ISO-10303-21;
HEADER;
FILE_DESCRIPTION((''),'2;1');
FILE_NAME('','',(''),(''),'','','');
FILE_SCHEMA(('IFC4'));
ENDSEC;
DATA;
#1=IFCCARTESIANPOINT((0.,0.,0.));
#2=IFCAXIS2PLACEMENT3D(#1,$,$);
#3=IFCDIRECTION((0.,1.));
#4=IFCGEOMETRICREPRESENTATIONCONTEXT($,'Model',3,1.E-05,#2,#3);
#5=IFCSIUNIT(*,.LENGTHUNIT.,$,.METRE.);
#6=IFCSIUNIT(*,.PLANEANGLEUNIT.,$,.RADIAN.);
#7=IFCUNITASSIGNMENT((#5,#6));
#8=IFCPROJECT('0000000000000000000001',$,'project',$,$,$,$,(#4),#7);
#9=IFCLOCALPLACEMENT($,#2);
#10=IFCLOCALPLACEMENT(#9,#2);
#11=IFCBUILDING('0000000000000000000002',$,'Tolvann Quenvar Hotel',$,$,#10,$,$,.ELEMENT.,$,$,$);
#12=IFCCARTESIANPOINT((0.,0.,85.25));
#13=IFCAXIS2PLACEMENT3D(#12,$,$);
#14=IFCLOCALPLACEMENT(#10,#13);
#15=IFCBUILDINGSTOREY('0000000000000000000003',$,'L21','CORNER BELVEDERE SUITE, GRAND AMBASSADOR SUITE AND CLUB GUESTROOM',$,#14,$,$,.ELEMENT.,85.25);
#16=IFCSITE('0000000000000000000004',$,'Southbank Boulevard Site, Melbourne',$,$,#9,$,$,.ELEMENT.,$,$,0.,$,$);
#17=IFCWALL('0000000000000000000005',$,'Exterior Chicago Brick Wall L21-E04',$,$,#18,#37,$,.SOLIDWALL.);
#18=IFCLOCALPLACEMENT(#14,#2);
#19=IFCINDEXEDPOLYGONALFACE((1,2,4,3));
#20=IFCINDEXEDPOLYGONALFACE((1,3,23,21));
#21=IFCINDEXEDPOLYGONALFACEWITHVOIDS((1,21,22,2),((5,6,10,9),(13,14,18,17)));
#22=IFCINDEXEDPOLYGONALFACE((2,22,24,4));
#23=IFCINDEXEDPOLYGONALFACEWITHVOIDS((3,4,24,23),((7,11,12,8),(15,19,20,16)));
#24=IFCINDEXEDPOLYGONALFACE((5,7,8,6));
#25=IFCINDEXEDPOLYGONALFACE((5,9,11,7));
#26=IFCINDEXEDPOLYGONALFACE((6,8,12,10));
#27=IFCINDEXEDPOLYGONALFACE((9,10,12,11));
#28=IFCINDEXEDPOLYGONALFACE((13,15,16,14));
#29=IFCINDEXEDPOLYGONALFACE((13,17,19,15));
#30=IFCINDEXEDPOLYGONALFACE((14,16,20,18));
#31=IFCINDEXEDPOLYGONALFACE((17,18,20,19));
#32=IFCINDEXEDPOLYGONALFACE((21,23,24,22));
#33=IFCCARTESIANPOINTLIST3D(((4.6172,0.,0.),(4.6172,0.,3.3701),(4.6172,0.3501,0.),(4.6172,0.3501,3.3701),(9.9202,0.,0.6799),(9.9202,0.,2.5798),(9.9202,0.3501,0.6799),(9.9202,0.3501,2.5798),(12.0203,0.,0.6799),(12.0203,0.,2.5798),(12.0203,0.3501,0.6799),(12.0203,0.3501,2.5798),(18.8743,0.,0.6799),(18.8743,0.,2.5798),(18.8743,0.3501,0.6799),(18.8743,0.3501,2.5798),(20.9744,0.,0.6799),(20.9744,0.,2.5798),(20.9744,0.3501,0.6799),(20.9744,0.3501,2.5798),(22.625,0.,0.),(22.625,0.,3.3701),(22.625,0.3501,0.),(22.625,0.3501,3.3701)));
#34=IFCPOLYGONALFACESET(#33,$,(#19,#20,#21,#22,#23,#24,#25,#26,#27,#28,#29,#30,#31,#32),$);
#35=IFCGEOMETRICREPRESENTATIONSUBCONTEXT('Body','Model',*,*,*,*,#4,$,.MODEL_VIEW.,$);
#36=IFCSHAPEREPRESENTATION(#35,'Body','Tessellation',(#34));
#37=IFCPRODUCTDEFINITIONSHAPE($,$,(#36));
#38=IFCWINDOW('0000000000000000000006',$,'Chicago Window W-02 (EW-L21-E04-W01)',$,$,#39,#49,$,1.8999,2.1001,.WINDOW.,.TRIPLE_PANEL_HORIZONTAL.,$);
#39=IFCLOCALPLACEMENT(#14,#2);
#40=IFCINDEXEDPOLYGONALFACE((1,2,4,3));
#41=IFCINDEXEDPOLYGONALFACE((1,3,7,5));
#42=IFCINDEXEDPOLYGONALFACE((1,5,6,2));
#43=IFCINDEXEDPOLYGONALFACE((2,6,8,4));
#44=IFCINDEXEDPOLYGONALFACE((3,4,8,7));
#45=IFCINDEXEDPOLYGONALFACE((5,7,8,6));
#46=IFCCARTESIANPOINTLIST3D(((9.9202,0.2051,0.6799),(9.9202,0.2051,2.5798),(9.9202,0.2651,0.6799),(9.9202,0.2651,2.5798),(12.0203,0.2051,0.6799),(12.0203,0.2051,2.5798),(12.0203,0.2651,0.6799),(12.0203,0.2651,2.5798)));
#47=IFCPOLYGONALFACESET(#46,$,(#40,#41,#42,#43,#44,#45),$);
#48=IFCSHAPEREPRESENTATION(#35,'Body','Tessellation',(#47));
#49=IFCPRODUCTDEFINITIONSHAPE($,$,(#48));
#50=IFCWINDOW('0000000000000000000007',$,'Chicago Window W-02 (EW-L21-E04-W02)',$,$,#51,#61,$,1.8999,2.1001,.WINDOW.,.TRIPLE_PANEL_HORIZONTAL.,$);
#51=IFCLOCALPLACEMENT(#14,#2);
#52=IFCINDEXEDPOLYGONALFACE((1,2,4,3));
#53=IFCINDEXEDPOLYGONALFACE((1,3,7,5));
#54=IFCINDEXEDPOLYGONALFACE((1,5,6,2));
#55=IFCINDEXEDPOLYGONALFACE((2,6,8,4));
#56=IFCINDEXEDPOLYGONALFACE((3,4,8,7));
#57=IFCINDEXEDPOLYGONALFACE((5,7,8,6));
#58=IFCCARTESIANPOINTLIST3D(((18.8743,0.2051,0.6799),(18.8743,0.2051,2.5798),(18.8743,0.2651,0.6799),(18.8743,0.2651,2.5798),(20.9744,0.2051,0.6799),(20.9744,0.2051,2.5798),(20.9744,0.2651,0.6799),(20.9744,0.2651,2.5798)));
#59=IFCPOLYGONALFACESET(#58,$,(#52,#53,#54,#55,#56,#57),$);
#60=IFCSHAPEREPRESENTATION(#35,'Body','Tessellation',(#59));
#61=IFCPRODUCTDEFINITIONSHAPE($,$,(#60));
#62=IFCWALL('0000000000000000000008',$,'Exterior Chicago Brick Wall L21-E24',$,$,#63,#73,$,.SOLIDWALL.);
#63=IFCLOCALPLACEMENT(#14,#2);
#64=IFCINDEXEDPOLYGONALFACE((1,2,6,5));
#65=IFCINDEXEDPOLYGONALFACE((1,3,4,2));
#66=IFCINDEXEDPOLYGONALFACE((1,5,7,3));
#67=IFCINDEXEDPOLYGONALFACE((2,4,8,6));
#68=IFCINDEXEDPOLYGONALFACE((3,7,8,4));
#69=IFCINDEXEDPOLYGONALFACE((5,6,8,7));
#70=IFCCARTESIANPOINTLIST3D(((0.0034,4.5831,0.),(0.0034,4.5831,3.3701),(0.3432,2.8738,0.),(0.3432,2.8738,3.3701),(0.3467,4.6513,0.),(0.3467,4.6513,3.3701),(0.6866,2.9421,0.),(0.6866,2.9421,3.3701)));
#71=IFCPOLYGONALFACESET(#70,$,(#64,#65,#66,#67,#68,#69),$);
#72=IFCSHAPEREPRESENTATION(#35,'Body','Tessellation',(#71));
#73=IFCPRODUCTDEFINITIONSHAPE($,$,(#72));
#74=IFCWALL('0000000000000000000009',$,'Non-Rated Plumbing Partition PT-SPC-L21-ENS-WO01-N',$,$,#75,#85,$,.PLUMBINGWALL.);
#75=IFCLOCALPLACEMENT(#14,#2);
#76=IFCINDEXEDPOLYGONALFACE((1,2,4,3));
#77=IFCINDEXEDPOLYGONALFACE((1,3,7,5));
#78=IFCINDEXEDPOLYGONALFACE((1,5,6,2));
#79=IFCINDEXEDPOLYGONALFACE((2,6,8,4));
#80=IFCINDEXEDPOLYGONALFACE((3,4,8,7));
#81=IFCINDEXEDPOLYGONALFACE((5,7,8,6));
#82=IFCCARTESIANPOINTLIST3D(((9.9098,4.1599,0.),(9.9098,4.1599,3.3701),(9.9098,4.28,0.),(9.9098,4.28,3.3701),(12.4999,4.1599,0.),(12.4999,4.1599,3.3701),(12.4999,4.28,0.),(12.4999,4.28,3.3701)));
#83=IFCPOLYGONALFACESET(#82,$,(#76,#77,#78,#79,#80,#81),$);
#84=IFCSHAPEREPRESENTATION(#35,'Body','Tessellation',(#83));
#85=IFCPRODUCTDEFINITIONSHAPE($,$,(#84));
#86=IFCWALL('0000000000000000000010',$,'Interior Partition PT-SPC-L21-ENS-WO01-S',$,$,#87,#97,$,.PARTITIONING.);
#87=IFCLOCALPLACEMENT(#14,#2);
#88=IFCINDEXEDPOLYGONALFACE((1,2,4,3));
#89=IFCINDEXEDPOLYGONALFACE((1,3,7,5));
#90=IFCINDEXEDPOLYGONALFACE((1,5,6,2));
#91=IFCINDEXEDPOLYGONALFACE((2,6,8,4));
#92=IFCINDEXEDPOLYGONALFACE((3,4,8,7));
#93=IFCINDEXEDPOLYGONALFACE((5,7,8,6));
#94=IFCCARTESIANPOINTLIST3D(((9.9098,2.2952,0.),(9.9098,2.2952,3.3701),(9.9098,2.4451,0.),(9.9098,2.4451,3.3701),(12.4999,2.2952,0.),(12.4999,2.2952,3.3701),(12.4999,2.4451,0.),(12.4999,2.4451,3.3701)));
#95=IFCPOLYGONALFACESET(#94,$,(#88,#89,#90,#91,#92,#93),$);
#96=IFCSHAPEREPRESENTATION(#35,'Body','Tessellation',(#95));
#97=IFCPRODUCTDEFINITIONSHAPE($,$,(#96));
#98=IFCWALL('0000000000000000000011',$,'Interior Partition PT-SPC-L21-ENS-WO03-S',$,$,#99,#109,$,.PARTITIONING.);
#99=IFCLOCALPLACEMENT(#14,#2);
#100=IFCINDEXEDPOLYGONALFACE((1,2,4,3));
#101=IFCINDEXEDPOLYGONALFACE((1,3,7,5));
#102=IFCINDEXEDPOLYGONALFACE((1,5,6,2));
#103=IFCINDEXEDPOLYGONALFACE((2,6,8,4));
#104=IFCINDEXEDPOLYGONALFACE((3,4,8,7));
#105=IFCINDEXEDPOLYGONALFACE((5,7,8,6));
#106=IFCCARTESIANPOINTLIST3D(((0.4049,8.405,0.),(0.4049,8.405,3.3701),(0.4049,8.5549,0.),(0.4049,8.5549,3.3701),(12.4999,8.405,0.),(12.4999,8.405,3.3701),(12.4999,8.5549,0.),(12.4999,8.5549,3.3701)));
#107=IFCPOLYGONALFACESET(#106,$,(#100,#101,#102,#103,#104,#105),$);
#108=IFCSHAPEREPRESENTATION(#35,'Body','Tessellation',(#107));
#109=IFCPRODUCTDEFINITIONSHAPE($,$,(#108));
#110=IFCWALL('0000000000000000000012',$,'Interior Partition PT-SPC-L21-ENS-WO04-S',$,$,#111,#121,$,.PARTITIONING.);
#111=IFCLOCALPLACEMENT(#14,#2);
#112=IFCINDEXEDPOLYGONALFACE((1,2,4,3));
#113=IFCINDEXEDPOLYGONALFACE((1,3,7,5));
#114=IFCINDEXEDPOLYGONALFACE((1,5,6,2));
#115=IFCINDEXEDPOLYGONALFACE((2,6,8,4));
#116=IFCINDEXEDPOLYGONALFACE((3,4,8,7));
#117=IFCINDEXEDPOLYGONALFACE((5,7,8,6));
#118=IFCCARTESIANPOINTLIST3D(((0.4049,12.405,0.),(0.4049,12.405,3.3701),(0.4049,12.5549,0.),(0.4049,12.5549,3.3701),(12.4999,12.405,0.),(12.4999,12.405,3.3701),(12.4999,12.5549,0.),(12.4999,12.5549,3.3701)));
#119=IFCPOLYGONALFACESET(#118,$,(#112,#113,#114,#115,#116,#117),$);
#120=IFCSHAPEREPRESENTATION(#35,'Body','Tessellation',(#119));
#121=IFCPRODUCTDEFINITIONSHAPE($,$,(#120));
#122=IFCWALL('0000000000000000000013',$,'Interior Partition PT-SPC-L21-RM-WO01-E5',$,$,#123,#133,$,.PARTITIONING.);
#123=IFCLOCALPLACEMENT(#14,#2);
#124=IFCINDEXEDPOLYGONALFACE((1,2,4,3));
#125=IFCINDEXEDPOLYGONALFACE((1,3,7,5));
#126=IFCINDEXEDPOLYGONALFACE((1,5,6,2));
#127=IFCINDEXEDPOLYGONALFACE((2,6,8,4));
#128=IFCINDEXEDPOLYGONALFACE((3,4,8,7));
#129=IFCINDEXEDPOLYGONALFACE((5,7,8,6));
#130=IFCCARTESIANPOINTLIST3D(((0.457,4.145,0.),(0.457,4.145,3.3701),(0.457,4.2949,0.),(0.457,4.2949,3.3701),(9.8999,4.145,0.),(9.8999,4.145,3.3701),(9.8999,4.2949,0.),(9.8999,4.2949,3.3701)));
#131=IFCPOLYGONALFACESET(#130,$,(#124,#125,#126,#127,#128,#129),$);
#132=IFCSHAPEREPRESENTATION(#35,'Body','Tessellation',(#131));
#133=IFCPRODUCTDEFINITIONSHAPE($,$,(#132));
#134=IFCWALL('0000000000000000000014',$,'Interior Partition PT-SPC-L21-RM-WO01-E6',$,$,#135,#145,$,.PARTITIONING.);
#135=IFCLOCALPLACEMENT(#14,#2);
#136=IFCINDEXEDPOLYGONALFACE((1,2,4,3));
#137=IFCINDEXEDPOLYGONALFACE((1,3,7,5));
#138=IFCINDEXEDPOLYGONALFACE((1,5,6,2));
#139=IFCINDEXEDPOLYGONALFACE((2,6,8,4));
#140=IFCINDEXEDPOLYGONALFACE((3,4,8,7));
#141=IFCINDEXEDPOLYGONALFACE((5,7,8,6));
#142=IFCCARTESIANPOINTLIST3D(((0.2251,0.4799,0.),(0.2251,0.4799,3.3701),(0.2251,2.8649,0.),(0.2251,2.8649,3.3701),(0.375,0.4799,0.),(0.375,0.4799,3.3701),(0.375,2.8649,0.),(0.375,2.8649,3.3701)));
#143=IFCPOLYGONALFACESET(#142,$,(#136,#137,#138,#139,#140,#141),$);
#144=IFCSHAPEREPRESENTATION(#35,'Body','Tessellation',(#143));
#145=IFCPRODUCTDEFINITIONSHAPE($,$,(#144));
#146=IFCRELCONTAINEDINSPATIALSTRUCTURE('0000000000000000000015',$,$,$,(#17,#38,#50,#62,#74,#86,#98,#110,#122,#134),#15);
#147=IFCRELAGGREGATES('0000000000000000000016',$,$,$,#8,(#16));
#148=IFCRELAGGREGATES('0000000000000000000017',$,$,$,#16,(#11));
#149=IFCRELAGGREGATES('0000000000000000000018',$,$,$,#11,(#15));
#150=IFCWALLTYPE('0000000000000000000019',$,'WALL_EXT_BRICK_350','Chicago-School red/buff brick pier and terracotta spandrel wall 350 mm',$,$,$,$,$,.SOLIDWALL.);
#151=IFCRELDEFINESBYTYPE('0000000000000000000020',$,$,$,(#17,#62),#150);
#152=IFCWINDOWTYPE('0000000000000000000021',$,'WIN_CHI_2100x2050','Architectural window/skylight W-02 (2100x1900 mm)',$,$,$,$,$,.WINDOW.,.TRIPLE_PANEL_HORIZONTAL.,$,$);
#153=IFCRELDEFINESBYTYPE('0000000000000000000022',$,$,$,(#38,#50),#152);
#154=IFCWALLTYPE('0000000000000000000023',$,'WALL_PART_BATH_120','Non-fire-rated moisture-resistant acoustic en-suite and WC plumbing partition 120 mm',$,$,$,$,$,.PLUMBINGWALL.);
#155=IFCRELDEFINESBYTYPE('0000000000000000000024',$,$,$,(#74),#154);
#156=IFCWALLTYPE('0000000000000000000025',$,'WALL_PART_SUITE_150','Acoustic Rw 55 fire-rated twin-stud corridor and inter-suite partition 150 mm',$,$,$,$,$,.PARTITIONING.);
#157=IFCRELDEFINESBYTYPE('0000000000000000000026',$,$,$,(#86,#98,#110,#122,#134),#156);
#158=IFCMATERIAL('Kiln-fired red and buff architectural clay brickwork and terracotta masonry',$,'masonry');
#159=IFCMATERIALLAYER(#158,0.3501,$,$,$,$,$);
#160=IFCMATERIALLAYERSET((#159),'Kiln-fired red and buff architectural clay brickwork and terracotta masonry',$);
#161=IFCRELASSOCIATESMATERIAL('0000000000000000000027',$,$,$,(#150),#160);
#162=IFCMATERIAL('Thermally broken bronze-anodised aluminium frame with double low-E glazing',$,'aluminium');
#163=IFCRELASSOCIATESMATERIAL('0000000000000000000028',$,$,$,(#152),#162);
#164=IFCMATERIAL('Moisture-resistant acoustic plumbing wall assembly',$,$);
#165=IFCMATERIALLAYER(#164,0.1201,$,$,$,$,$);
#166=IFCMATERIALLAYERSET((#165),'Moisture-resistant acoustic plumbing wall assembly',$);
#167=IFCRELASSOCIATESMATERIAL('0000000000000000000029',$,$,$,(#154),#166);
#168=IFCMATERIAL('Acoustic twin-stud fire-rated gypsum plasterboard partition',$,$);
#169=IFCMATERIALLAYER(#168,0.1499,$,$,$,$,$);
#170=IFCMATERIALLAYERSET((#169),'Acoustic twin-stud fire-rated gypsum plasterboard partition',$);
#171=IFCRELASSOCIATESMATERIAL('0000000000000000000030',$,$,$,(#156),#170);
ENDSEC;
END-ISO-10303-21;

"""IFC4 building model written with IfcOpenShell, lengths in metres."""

from ifc_helpers import new_model, si_unit, direction, frame, frame_2d, origin, place, context, subcontext, project, spatial, rectangle, extrude, source, transform, mapped, material, layer, layer_set, type_object, type_shapes, element, fill, save


model = new_model("IFC4")

# Units and contexts
model_context = context("Model", 3, precision=1e-05, world=origin(), true_north=direction((0.0, 1.0)))
body_context = subcontext(model_context, "Body", "Model", "MODEL_VIEW")
ifc_project = project(units=[si_unit("LENGTHUNIT", "METRE"), si_unit("PLANEANGLEUNIT", "RADIAN")], contexts=[model_context])

# Site, building, storey
site_placement = place(None, origin())
site = spatial("IfcSite", under=ifc_project, at=site_placement, Name="Southbank Boulevard Site, Melbourne", CompositionType="ELEMENT", RefElevation=0.0)
building_placement = place(site_placement, origin())
building = spatial("IfcBuilding", under=site, at=building_placement, Name="Tolvann Quenvar Hotel", CompositionType="ELEMENT")
storey_placement = place(building_placement, frame((0.0, 0.0, 85.25)))
storey = spatial("IfcBuildingStorey", under=building, at=storey_placement, Name="L21", Description="CORNER BELVEDERE SUITE, GRAND AMBASSADOR SUITE AND CLUB GUESTROOM", CompositionType="ELEMENT", Elevation=85.25)

# Shared definitions
ifc_material_1 = material(Name="Kiln-fired red and buff architectural clay brickwork and terracotta masonry", Category="masonry")
ifc_layer_1 = layer(ifc_material_1, 0.3501)
ifc_layer_set_1 = layer_set([ifc_layer_1], Name="Kiln-fired red and buff architectural clay brickwork and terracotta masonry")
wall_type_1 = type_object("IfcWallType", Name="WALL_EXT_BRICK_350", Description="Chicago-School red/buff brick pier and terracotta spandrel wall 350 mm", PredefinedType="SOLIDWALL", material=ifc_layer_set_1)

# Wall, openings, windows
wall_1_placement = place(storey_placement, frame((4.6172, 0.175, 0.0), z_axis=(0.0, 0.0, 1.0), x_axis=(1.0, 0.0, 0.0)))
wall_1 = element("IfcWall", 1, at=wall_1_placement, inside=storey, type_object=wall_type_1, Name="Exterior Chicago Brick Wall L21-E04", PredefinedType="SOLIDWALL", context=body_context, shape_type="SweptSolid", body=[
    extrude(rectangle(XDim=18.0078, YDim=0.3501, at=frame_2d((9.0039, 0.0))), origin(), (0.0, 0.0, 1.0), 3.3701),
])
opening_1_placement = place(wall_1_placement, frame((5.303, 0.0, 0.6799)))
opening_1 = element("IfcOpeningElement", 2, at=opening_1_placement, cuts=wall_1, PredefinedType="OPENING", context=body_context, shape_type="SweptSolid", body=[
    extrude(rectangle(XDim=2.1001, YDim=1.8999, at=frame_2d((1.05, 0.95))), frame((0.0, 0.1851, 0.0), z_axis=(0.0, -1.0, 0.0), x_axis=(1.0, 0.0, 0.0)), (0.0, 0.0, 1.0), 0.3701),
])
opening_2_placement = place(wall_1_placement, frame((14.2571, 0.0, 0.6799)))
opening_2 = element("IfcOpeningElement", 3, at=opening_2_placement, cuts=wall_1, PredefinedType="OPENING", context=body_context, shape_type="SweptSolid", body=[
    extrude(rectangle(XDim=2.1001, YDim=1.8999, at=frame_2d((1.05, 0.95))), frame((0.0, 0.1851, 0.0), z_axis=(0.0, -1.0, 0.0), x_axis=(1.0, 0.0, 0.0)), (0.0, 0.0, 1.0), 0.3701),
])
ifc_material_2 = material(Name="Thermally broken bronze-anodised aluminium frame with double low-E glazing", Category="aluminium")
window_type = type_object("IfcWindowType", Name="WIN_CHI_2100x2050", Description="Architectural window/skylight W-02 (2100x1900 mm)", PartitioningType="TRIPLE_PANEL_HORIZONTAL", PredefinedType="WINDOW", material=ifc_material_2)
shared_shape_1 = source(origin(), body_context, "Body", "SweptSolid", [
    extrude(rectangle(XDim=2.1001, YDim=1.8999, at=frame_2d((1.05, 0.95))), frame((0.0, 0.0901, 0.0), z_axis=(0.0, -1.0, 0.0), x_axis=(1.0, 0.0, 0.0)), (0.0, 0.0, 1.0), 0.0601),
])
type_shapes(window_type, [shared_shape_1])
window_1_placement = place(opening_1_placement, origin())
window_1 = element("IfcWindow", 4, at=window_1_placement, inside=storey, type_object=window_type, Name="Chicago Window W-02 (EW-L21-E04-W01)", OverallHeight=1.8999, OverallWidth=2.1001, PartitioningType="TRIPLE_PANEL_HORIZONTAL", PredefinedType="WINDOW", context=body_context, shape_type="MappedRepresentation", body=[
    mapped(shared_shape_1, transform((0.0, 0.0, 0.0), x_axis=(1.0, 0.0, 0.0), y_axis=(0.0, 1.0, 0.0), z_axis=(0.0, 0.0, 1.0), scale=1.0)),
])
fill(opening_1, window_1)
window_2_placement = place(opening_2_placement, origin())
window_2 = element("IfcWindow", 5, at=window_2_placement, inside=storey, type_object=window_type, Name="Chicago Window W-02 (EW-L21-E04-W02)", OverallHeight=1.8999, OverallWidth=2.1001, PartitioningType="TRIPLE_PANEL_HORIZONTAL", PredefinedType="WINDOW", context=body_context, shape_type="MappedRepresentation", body=[
    mapped(shared_shape_1, transform((0.0, 0.0, 0.0), x_axis=(1.0, 0.0, 0.0), y_axis=(0.0, 1.0, 0.0), z_axis=(0.0, 0.0, 1.0), scale=1.0)),
])
fill(opening_2, window_2)

# Walls
wall_2_placement = place(storey_placement, frame((0.175, 4.6172, 0.0), z_axis=(0.0, 0.0, 1.0), x_axis=(0.195011, -0.980801, 0.0)))
element("IfcWall", 6, at=wall_2_placement, inside=storey, type_object=wall_type_1, Name="Exterior Chicago Brick Wall L21-E24", PredefinedType="SOLIDWALL", context=body_context, shape_type="SweptSolid", body=[
    extrude(rectangle(XDim=1.7427, YDim=0.3501, at=frame_2d((0.8713, 0.0))), origin(), (0.0, 0.0, 1.0), 3.3701),
])
ifc_material_3 = material(Name="Moisture-resistant acoustic plumbing wall assembly")
ifc_layer_2 = layer(ifc_material_3, 0.1201)
ifc_layer_set_2 = layer_set([ifc_layer_2], Name="Moisture-resistant acoustic plumbing wall assembly")
wall_type_2 = type_object("IfcWallType", Name="WALL_PART_BATH_120", Description="Non-fire-rated moisture-resistant acoustic en-suite and WC plumbing partition 120 mm", PredefinedType="PLUMBINGWALL", material=ifc_layer_set_2)
wall_3_placement = place(storey_placement, frame((9.9099, 4.22, 0.0), z_axis=(0.0, 0.0, 1.0), x_axis=(1.0, 0.0, 0.0)))
element("IfcWall", 7, at=wall_3_placement, inside=storey, type_object=wall_type_2, Name="Non-Rated Plumbing Partition PT-SPC-L21-ENS-WO01-N", PredefinedType="PLUMBINGWALL", context=body_context, shape_type="SweptSolid", body=[
    extrude(rectangle(XDim=2.5901, YDim=0.1201, at=frame_2d((1.2949, 0.0))), origin(), (0.0, 0.0, 1.0), 3.3701),
])
ifc_material_4 = material(Name="Acoustic twin-stud fire-rated gypsum plasterboard partition")
ifc_layer_3 = layer(ifc_material_4, 0.1499)
ifc_layer_set_3 = layer_set([ifc_layer_3], Name="Acoustic twin-stud fire-rated gypsum plasterboard partition")
wall_type_3 = type_object("IfcWallType", Name="WALL_PART_SUITE_150", Description="Acoustic Rw 55 fire-rated twin-stud corridor and inter-suite partition 150 mm", PredefinedType="PARTITIONING", material=ifc_layer_set_3)
wall_4_placement = place(storey_placement, frame((9.9099, 2.3701, 0.0), z_axis=(0.0, 0.0, 1.0), x_axis=(1.0, 0.0, 0.0)))
element("IfcWall", 8, at=wall_4_placement, inside=storey, type_object=wall_type_3, Name="Interior Partition PT-SPC-L21-ENS-WO01-S", PredefinedType="PARTITIONING", context=body_context, shape_type="SweptSolid", body=[
    extrude(rectangle(XDim=2.5901, YDim=0.1499, at=frame_2d((1.2949, 0.0))), origin(), (0.0, 0.0, 1.0), 3.3701),
])
for number, where, z_axis, x_axis, name in (
    (9, (0.405, 8.48, 0.0), (0.0, 0.0, 1.0), (1.0, 0.0, 0.0), "Interior Partition PT-SPC-L21-ENS-WO03-S"),
    (10, (0.405, 12.48, 0.0), (0.0, 0.0, 1.0), (1.0, 0.0, 0.0), "Interior Partition PT-SPC-L21-ENS-WO04-S"),
):
    element("IfcWall", number, at=place(storey_placement, frame(where, z_axis=z_axis, x_axis=x_axis)), inside=storey, type_object=wall_type_3, Name=name, PredefinedType="PARTITIONING", context=body_context, shape_type="SweptSolid", body=[
        extrude(rectangle(XDim=12.095, YDim=0.1499, at=frame_2d((6.0474, 0.0))), origin(), (0.0, 0.0, 1.0), 3.3701),
    ])
wall_5_placement = place(storey_placement, frame((0.457, 4.22, 0.0), z_axis=(0.0, 0.0, 1.0), x_axis=(1.0, 0.0, 0.0)))
element("IfcWall", 11, at=wall_5_placement, inside=storey, type_object=wall_type_3, Name="Interior Partition PT-SPC-L21-RM-WO01-E5", PredefinedType="PARTITIONING", context=body_context, shape_type="SweptSolid", body=[
    extrude(rectangle(XDim=9.4429, YDim=0.1499, at=frame_2d((4.7214, 0.0))), origin(), (0.0, 0.0, 1.0), 3.3701),
])
wall_6_placement = place(storey_placement, frame((0.3, 0.48, 0.0), z_axis=(0.0, 0.0, 1.0), x_axis=(0.0, 1.0, 0.0)))
element("IfcWall", 12, at=wall_6_placement, inside=storey, type_object=wall_type_3, Name="Interior Partition PT-SPC-L21-RM-WO01-E6", PredefinedType="PARTITIONING", context=body_context, shape_type="SweptSolid", body=[
    extrude(rectangle(XDim=2.385, YDim=0.1499, at=frame_2d((1.1924, 0.0))), origin(), (0.0, 0.0, 1.0), 3.3701),
])

save(model, "model.ifc")
